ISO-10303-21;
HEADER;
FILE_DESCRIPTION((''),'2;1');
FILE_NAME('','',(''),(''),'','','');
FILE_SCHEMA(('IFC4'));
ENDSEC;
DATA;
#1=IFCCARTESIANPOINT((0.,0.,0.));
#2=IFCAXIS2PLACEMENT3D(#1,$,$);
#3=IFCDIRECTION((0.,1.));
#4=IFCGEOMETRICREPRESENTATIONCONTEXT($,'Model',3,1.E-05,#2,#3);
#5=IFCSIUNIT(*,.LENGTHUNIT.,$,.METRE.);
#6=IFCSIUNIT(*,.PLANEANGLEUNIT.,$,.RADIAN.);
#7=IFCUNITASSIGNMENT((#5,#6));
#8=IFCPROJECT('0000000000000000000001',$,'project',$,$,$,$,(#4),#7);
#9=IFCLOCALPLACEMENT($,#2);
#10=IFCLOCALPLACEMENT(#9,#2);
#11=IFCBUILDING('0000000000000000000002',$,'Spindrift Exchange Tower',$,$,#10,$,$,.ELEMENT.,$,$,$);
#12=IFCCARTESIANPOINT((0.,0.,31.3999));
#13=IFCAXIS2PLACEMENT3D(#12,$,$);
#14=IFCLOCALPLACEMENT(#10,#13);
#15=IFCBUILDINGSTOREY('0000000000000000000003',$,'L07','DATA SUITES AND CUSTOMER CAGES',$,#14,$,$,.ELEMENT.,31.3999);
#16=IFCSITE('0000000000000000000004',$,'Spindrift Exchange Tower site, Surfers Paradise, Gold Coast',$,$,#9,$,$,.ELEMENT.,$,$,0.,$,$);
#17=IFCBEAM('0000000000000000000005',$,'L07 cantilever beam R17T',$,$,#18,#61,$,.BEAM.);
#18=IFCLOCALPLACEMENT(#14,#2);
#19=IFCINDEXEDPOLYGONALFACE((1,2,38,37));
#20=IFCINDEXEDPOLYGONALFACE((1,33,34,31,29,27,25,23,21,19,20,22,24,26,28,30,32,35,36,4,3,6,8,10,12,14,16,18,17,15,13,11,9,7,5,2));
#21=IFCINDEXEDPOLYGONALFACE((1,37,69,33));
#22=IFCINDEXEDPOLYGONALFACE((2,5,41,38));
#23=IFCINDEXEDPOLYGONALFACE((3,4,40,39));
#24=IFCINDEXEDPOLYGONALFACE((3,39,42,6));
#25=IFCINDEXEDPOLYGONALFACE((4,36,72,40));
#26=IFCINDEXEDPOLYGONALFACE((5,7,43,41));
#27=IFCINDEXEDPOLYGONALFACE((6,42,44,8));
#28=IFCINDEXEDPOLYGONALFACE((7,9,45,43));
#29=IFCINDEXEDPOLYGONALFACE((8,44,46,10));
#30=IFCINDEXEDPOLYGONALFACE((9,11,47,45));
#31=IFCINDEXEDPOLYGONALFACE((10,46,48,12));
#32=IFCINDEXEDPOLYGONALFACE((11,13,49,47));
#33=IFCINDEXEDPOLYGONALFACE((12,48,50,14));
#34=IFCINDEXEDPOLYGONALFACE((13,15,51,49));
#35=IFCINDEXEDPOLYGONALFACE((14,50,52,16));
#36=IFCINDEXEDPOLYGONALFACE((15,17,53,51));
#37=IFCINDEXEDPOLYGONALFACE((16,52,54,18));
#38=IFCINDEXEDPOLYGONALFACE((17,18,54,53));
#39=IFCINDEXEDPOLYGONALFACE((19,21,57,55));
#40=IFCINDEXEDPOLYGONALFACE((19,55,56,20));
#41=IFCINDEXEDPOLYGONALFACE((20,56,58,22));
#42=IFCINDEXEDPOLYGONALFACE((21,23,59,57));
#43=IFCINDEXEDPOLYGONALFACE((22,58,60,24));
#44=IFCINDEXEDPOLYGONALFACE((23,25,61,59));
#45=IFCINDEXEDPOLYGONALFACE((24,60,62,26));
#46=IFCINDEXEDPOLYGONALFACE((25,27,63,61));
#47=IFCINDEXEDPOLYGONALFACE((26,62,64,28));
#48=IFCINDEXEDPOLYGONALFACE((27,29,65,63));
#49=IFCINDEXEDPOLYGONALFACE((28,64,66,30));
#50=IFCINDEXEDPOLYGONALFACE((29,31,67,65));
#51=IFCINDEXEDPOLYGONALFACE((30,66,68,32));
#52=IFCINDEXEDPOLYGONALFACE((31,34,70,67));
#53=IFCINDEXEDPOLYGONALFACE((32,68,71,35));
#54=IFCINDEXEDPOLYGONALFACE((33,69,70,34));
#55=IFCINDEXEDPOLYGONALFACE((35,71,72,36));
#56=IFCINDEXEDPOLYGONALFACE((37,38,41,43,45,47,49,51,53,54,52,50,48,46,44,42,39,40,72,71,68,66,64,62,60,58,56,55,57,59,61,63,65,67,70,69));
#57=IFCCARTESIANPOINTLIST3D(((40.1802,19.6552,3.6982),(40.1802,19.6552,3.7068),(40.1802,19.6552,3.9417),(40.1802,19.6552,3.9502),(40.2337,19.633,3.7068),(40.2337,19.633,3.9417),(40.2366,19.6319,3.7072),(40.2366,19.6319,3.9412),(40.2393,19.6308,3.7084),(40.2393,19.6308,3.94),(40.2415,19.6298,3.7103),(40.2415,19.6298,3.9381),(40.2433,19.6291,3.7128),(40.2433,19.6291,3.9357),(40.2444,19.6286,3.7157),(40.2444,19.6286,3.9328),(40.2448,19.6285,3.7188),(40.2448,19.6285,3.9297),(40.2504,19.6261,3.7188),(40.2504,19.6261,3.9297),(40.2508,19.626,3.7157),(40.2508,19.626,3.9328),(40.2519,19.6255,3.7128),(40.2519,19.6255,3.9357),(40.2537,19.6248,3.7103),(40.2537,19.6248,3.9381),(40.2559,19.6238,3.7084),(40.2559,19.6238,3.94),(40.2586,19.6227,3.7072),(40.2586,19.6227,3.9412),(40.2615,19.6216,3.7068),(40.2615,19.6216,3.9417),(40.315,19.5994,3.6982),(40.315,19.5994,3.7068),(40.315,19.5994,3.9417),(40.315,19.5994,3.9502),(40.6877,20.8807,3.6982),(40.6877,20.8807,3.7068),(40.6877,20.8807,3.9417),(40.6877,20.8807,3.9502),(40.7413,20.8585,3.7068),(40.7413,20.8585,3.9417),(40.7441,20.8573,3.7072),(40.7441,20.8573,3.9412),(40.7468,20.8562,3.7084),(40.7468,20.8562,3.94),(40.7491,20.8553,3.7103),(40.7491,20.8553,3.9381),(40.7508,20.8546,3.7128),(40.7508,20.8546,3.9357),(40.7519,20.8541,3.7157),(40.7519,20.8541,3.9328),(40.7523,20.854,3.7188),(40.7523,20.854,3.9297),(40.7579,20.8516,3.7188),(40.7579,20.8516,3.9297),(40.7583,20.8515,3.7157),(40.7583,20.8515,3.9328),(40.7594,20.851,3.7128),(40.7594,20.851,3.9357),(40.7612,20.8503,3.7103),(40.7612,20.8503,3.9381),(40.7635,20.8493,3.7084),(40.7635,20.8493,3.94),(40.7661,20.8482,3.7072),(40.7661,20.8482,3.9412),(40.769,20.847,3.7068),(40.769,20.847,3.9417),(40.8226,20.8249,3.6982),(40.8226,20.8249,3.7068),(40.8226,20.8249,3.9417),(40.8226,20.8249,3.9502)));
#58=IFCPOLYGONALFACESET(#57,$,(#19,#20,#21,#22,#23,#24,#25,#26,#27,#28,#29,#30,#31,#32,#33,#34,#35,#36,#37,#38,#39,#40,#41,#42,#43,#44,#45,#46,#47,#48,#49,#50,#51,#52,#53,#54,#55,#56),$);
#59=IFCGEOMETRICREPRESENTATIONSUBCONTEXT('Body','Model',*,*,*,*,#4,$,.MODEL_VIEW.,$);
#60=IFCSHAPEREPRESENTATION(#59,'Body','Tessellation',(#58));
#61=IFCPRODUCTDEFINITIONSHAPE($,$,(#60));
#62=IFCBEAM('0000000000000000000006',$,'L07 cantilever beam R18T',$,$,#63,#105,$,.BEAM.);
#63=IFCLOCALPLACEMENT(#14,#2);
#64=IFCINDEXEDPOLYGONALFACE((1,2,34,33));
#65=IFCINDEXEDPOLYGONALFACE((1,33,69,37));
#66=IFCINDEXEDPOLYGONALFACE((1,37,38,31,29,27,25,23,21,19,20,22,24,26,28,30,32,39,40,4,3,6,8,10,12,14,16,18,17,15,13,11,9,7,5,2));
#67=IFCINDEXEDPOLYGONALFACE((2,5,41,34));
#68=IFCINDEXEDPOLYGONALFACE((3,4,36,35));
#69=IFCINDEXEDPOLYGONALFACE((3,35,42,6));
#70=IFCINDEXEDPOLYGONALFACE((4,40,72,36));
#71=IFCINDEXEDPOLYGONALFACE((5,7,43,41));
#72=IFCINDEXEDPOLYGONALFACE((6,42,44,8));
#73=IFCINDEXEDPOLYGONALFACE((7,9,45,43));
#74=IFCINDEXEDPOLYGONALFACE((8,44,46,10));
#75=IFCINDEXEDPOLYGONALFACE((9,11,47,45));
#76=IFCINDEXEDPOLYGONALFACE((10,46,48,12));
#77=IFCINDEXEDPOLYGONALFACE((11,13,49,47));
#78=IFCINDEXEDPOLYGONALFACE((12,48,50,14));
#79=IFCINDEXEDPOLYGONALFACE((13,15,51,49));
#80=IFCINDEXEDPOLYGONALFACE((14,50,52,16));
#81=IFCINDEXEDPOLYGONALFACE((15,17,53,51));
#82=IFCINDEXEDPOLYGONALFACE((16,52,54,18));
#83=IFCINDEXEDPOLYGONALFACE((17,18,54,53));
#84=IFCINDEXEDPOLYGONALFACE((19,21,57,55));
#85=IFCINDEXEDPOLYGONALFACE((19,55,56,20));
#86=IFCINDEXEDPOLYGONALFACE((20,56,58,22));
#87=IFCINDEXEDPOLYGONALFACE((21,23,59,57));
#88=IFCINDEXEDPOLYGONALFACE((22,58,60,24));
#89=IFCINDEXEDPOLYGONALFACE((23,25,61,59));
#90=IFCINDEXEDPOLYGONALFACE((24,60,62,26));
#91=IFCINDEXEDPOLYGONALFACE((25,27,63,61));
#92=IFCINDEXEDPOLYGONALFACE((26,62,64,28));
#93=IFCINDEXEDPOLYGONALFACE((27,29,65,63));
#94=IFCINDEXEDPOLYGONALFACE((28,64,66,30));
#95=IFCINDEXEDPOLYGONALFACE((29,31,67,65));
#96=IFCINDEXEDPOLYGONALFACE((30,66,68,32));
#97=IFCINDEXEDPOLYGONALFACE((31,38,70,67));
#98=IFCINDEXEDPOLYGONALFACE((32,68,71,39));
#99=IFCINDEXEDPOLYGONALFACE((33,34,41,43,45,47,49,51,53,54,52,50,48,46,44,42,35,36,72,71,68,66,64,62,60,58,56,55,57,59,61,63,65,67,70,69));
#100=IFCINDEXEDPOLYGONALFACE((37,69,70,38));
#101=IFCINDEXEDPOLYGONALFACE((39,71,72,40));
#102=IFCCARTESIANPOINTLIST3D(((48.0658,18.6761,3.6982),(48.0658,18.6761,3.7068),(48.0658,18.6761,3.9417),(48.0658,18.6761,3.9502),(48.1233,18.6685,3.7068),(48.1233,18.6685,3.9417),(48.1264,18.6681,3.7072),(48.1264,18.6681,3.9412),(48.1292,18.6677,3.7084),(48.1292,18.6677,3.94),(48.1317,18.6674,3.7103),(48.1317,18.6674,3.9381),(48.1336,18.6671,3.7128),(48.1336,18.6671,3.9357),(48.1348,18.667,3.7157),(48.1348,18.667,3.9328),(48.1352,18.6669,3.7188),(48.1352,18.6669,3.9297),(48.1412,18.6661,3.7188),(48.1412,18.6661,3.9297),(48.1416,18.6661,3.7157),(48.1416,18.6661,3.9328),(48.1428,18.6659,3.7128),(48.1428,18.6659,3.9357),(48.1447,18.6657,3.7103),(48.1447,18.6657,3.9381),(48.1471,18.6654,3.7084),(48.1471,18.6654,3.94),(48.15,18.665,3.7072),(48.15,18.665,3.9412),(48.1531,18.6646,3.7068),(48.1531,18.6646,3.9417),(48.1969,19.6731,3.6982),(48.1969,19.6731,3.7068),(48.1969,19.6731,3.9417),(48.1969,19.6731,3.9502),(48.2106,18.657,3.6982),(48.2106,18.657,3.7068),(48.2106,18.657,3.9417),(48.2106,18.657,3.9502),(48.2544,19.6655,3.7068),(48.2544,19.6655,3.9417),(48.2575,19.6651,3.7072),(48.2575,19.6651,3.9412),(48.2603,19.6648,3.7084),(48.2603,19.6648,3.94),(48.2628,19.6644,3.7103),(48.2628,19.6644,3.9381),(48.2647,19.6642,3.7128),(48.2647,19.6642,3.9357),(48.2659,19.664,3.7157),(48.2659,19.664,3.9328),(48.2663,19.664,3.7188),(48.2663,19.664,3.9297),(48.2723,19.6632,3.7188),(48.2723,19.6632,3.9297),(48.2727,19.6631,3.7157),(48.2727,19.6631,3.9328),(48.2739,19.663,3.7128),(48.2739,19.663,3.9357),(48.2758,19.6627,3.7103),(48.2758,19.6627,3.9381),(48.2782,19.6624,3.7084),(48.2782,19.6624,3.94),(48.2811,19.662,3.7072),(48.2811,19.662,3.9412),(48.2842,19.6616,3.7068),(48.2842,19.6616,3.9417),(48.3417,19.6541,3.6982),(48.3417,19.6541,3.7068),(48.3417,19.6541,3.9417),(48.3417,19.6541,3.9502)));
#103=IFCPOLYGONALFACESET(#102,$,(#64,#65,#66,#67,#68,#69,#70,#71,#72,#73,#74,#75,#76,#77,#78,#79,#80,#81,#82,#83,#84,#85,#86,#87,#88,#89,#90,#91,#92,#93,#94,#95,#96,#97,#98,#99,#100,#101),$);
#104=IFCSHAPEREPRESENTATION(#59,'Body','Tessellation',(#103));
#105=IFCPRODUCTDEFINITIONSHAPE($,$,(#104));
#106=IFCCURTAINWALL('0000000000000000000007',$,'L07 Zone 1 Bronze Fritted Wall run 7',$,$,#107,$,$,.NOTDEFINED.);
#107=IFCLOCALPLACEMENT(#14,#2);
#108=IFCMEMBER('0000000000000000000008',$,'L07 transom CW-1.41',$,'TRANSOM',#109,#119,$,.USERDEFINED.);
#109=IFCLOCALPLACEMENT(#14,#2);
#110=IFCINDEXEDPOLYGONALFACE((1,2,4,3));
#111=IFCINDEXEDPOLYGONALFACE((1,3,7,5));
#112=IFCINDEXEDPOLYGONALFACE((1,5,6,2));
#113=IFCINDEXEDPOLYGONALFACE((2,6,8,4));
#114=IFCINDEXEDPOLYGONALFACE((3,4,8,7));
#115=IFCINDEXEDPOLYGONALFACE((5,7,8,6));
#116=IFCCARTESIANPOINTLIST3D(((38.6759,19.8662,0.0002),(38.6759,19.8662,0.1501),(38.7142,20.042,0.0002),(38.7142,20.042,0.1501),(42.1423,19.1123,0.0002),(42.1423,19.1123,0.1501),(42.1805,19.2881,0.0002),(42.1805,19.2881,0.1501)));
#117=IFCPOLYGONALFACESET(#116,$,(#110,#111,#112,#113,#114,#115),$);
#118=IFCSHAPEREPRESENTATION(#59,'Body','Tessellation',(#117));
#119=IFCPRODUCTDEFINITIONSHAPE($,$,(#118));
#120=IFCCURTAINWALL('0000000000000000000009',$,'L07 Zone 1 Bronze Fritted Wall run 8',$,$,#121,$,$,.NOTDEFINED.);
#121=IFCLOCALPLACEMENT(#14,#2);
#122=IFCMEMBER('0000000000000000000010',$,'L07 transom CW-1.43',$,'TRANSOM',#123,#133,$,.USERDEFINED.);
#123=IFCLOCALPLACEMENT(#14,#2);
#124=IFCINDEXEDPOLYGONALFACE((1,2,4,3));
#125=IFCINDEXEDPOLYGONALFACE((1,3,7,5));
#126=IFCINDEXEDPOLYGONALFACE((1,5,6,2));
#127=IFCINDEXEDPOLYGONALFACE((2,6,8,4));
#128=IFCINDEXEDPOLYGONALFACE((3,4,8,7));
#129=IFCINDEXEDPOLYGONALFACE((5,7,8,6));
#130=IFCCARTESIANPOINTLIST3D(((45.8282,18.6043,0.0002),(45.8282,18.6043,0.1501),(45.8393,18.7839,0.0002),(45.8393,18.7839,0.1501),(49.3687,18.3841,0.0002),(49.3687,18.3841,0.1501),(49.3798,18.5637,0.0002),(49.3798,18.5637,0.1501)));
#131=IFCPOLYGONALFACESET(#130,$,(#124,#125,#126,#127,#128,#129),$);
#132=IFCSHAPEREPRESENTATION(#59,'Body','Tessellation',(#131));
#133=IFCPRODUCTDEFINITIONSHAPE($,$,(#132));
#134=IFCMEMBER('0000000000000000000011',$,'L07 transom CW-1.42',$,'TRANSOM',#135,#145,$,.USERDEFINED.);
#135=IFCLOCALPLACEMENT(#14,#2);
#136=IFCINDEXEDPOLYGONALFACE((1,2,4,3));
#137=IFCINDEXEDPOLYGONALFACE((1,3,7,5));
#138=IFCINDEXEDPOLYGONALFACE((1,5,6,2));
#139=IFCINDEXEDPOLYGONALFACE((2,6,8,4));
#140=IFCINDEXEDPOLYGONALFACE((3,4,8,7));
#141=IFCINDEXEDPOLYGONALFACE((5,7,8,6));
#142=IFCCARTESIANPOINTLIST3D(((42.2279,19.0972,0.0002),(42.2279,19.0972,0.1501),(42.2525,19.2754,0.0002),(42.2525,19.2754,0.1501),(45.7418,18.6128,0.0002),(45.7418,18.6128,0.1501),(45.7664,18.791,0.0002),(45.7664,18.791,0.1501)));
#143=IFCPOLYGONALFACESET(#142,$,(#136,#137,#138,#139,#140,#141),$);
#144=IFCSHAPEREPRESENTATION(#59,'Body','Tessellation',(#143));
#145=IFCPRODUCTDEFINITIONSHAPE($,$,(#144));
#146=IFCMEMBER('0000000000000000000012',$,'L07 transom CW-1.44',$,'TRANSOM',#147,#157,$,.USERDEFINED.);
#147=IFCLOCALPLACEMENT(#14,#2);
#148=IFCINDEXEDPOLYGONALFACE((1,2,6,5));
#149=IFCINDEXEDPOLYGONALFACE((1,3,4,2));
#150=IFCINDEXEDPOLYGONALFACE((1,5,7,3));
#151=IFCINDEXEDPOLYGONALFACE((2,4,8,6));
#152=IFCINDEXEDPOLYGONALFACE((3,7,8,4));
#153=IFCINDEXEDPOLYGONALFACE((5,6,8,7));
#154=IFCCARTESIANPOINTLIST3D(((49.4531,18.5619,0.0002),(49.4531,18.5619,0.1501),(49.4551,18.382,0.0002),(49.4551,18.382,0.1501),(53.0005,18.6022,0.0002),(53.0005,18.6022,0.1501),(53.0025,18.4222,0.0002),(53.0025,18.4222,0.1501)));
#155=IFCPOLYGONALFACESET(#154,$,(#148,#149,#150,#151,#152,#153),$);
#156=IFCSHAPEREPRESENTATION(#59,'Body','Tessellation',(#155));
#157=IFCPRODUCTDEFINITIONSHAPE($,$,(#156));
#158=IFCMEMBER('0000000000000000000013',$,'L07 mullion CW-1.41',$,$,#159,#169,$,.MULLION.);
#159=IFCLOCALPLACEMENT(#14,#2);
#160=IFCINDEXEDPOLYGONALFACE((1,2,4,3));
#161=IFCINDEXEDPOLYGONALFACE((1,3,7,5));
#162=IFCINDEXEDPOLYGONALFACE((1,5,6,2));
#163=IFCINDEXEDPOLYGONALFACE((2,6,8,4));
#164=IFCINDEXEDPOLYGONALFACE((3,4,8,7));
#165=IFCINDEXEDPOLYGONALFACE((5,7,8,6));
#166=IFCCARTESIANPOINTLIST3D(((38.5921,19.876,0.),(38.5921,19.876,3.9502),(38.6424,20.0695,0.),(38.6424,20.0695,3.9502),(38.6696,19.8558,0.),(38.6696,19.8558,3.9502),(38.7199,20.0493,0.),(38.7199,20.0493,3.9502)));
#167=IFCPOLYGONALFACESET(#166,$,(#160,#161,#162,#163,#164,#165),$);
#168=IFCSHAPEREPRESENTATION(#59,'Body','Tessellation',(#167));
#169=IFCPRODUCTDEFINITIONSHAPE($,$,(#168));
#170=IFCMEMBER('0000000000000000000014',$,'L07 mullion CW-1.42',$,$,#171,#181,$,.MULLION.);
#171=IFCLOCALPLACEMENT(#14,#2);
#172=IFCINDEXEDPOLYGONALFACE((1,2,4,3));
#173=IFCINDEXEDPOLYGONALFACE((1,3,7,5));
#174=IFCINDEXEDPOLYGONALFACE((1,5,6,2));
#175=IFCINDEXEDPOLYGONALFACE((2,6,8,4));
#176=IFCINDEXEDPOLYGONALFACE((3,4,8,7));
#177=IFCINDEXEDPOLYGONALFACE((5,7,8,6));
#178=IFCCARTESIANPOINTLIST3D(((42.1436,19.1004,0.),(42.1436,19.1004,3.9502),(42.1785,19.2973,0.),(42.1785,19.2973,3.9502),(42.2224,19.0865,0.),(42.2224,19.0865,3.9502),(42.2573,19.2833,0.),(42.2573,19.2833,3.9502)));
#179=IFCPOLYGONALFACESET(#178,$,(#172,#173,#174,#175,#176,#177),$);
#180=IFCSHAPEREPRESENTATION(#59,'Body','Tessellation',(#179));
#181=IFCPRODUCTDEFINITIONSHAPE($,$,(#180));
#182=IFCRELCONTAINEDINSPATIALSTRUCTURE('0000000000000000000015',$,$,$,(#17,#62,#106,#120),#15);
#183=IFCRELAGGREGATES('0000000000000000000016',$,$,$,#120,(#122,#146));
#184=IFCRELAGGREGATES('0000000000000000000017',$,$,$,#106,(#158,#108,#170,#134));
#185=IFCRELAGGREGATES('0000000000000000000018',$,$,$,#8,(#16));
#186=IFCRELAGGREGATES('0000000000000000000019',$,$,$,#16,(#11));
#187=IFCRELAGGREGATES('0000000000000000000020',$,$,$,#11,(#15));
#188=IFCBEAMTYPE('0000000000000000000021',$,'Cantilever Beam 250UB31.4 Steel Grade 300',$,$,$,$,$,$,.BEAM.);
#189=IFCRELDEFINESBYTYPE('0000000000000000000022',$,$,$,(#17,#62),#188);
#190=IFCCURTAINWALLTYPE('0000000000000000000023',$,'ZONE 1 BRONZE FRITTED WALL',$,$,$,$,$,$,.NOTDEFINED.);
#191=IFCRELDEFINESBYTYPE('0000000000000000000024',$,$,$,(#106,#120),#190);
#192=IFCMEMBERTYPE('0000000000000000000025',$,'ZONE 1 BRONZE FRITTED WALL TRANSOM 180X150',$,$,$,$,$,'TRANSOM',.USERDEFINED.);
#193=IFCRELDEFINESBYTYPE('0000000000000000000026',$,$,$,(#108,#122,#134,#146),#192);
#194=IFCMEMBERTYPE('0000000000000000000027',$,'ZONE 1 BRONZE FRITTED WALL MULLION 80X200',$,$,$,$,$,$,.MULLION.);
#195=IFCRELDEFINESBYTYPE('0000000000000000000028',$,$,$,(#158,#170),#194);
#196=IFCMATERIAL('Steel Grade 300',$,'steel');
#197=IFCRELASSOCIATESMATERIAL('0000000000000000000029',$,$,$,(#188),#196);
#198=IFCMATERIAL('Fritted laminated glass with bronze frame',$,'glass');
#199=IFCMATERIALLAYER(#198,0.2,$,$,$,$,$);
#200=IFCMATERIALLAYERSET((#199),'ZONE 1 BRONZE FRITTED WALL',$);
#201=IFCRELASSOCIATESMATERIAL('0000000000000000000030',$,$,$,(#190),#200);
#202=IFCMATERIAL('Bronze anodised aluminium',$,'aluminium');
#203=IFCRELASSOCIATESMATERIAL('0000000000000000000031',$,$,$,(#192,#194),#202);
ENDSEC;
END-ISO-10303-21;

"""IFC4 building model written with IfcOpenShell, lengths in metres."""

from ifc_helpers import new_model, si_unit, direction, frame, origin, origin_2d, place, context, subcontext, project, spatial, rectangle, i_section, extrude, source, transform, mapped, material, layer, layer_set, material_profile, profile_set, type_object, element, aggregate, save


model = new_model("IFC4")

# Units and contexts
model_context = context("Model", 3, precision=1e-05, world=origin(), true_north=direction((0.0, 1.0)))
body_context = subcontext(model_context, "Body", "Model", "MODEL_VIEW")
ifc_project = project(units=[si_unit("LENGTHUNIT", "METRE"), si_unit("PLANEANGLEUNIT", "RADIAN")], contexts=[model_context])

# Site, building, storey
site_placement = place(None, origin())
site = spatial("IfcSite", under=ifc_project, at=site_placement, Name="Spindrift Exchange Tower site, Surfers Paradise, Gold Coast", CompositionType="ELEMENT", RefElevation=0.0)
building_placement = place(site_placement, origin())
building = spatial("IfcBuilding", under=site, at=building_placement, Name="Spindrift Exchange Tower", CompositionType="ELEMENT")
storey_placement = place(building_placement, frame((0.0, 0.0, 31.3999)))
storey = spatial("IfcBuildingStorey", under=building, at=storey_placement, Name="L07", Description="DATA SUITES AND CUSTOMER CAGES", CompositionType="ELEMENT", Elevation=31.3999)

# Beams
ifc_material_1 = material(Name="Steel Grade 300", Category="steel")
ifc_material_profile_1 = material_profile(ifc_material_1, i_section(OverallWidth=0.146, OverallDepth=0.252, WebThickness=0.0061, FlangeThickness=0.0085, FilletRadius=0.012, at=origin_2d()), Name="250UB31.4")
ifc_profile_set_1 = profile_set([ifc_material_profile_1], Name="Steel Grade 300")
beam_type_1 = type_object("IfcBeamType", Name="Cantilever Beam 250UB31.4 Steel Grade 300", PredefinedType="BEAM", material=ifc_profile_set_1)
shared_shape_1 = source(origin(), body_context, "Body", "SweptSolid", [
    extrude(i_section(OverallWidth=0.146, OverallDepth=0.252, WebThickness=0.0061, FlangeThickness=0.0085, FilletRadius=0.012, at=origin_2d()), origin(), (0.0, 0.0, 1.0), 1.3264),
])
beam_1_placement = place(storey_placement, frame((40.7551, 20.8528, 3.8242), z_axis=(-0.382628, -0.923902, 0.0), x_axis=(0.923902, -0.382628, 0.0)))
element("IfcBeam", 1, at=beam_1_placement, inside=storey, type_object=beam_type_1, Name="L07 cantilever beam R17T", PredefinedType="BEAM", context=body_context, shape_type="MappedRepresentation", body=[
    mapped(shared_shape_1, transform((0.0, 0.0, 0.0), scale=1.0)),
])
shared_shape_2 = source(origin(), body_context, "Body", "SweptSolid", [
    extrude(i_section(OverallWidth=0.146, OverallDepth=0.252, WebThickness=0.0061, FlangeThickness=0.0085, FilletRadius=0.012, at=origin_2d()), origin(), (0.0, 0.0, 1.0), 1.0056),
])
beam_2_placement = place(storey_placement, frame((48.2693, 19.6636, 3.8242), z_axis=(-0.130367, -0.991466, 0.0), x_axis=(0.991466, -0.130367, 0.0)))
element("IfcBeam", 2, at=beam_2_placement, inside=storey, type_object=beam_type_1, Name="L07 cantilever beam R18T", PredefinedType="BEAM", context=body_context, shape_type="MappedRepresentation", body=[
    mapped(shared_shape_2, transform((0.0, 0.0, 0.0), scale=1.0)),
])

# Curtain walls, members
ifc_material_2 = material(Name="Fritted laminated glass with bronze frame", Category="glass")
ifc_layer_1 = layer(ifc_material_2, 0.2)
ifc_layer_set_1 = layer_set([ifc_layer_1], Name="ZONE 1 BRONZE FRITTED WALL")
curtain_wall_type = type_object("IfcCurtainWallType", Name="ZONE 1 BRONZE FRITTED WALL", PredefinedType="NOTDEFINED", material=ifc_layer_set_1)
curtain_wall_1_placement = place(storey_placement, origin())
curtain_wall_1 = element("IfcCurtainWall", 3, at=curtain_wall_1_placement, inside=storey, type_object=curtain_wall_type, Name="L07 Zone 1 Bronze Fritted Wall run 7", PredefinedType="NOTDEFINED")
ifc_material_3 = material(Name="Bronze anodised aluminium", Category="aluminium")
ifc_material_profile_2 = material_profile(ifc_material_3, rectangle(XDim=0.1799, YDim=0.1499, at=origin_2d()), Name="ZONE 1 BRONZE FRITTED WALL TRANSOM 180X150")
ifc_profile_set_2 = profile_set([ifc_material_profile_2], Name="Bronze anodised aluminium")
member_type_1 = type_object("IfcMemberType", Name="ZONE 1 BRONZE FRITTED WALL TRANSOM 180X150", ElementType="TRANSOM", PredefinedType="USERDEFINED", material=ifc_profile_set_2)
shared_shape_3 = source(origin(), body_context, "Body", "SweptSolid", [
    extrude(rectangle(XDim=0.1799, YDim=0.1499, at=origin_2d()), origin(), (0.0, 0.0, 1.0), 3.5474),
])
member_1_placement = place(storey_placement, frame((38.6951, 19.9541, 0.0752), z_axis=(0.977155, -0.212527, 0.0), x_axis=(0.212527, 0.977155, 0.0)))
member_1 = element("IfcMember", 4, at=member_1_placement, type_object=member_type_1, Name="L07 transom CW-1.41", ObjectType="TRANSOM", PredefinedType="USERDEFINED", context=body_context, shape_type="MappedRepresentation", body=[
    mapped(shared_shape_3, transform((0.0, 0.0, 0.0), scale=1.0)),
])
curtain_wall_2_placement = place(storey_placement, origin())
curtain_wall_2 = element("IfcCurtainWall", 5, at=curtain_wall_2_placement, inside=storey, type_object=curtain_wall_type, Name="L07 Zone 1 Bronze Fritted Wall run 8", PredefinedType="NOTDEFINED")
member_2_placement = place(storey_placement, frame((45.8337, 18.6941, 0.0752), z_axis=(0.998071, -0.062078, 0.0), x_axis=(0.062078, 0.998071, 0.0)))
member_2 = element("IfcMember", 6, at=member_2_placement, type_object=member_type_1, Name="L07 transom CW-1.43", ObjectType="TRANSOM", PredefinedType="USERDEFINED", context=body_context, shape_type="MappedRepresentation", body=[
    mapped(shared_shape_3, transform((0.0, 0.0, 0.0), scale=1.0)),
])

# Members
shared_shape_4 = source(origin(), body_context, "Body", "SweptSolid", [
    extrude(rectangle(XDim=0.1799, YDim=0.1499, at=origin_2d()), origin(), (0.0, 0.0, 1.0), 3.5471),
])
member_3_placement = place(storey_placement, frame((42.2402, 19.1863, 0.0752), z_axis=(0.990633, -0.136554, 0.0), x_axis=(0.136554, 0.990633, 0.0)))
member_3 = element("IfcMember", 7, at=member_3_placement, type_object=member_type_1, Name="L07 transom CW-1.42", ObjectType="TRANSOM", PredefinedType="USERDEFINED", context=body_context, shape_type="MappedRepresentation", body=[
    mapped(shared_shape_4, transform((0.0, 0.0, 0.0), scale=1.0)),
])
shared_shape_5 = source(origin(), body_context, "Body", "SweptSolid", [
    extrude(rectangle(XDim=0.1799, YDim=0.1499, at=origin_2d()), origin(), (0.0, 0.0, 1.0), 3.5476),
])
member_4_placement = place(storey_placement, frame((49.4541, 18.4719, 0.0752), z_axis=(0.999936, 0.011355, 0.0), x_axis=(-0.011355, 0.999936, 0.0)))
member_4 = element("IfcMember", 8, at=member_4_placement, type_object=member_type_1, Name="L07 transom CW-1.44", ObjectType="TRANSOM", PredefinedType="USERDEFINED", context=body_context, shape_type="MappedRepresentation", body=[
    mapped(shared_shape_5, transform((0.0, 0.0, 0.0), scale=1.0)),
])
ifc_material_profile_3 = material_profile(ifc_material_3, rectangle(XDim=0.0801, YDim=0.2, at=origin_2d()), Name="ZONE 1 BRONZE FRITTED WALL MULLION 80X200")
ifc_profile_set_3 = profile_set([ifc_material_profile_3], Name="Bronze anodised aluminium")
member_type_2 = type_object("IfcMemberType", Name="ZONE 1 BRONZE FRITTED WALL MULLION 80X200", PredefinedType="MULLION", material=ifc_profile_set_3)
shared_shape_6 = source(origin(), body_context, "Body", "SweptSolid", [
    extrude(rectangle(XDim=0.0801, YDim=0.2, at=origin_2d()), origin(), (0.0, 0.0, 1.0), 3.9502),
])
member_5_placement = place(storey_placement, frame((38.656, 19.9626, 0.0), z_axis=(0.0, 0.0, 1.0), x_axis=(0.967819, -0.251646, 0.0)))
member_5 = element("IfcMember", 9, at=member_5_placement, type_object=member_type_2, Name="L07 mullion CW-1.41", PredefinedType="MULLION", context=body_context, shape_type="MappedRepresentation", body=[
    mapped(shared_shape_6, transform((0.0, 0.0, 0.0), scale=1.0)),
])
member_6_placement = place(storey_placement, frame((42.2004, 19.1919, 0.0), z_axis=(0.0, 0.0, 1.0), x_axis=(0.984627, -0.174669, 0.0)))
member_6 = element("IfcMember", 10, at=member_6_placement, type_object=member_type_2, Name="L07 mullion CW-1.42", PredefinedType="MULLION", context=body_context, shape_type="MappedRepresentation", body=[
    mapped(shared_shape_6, transform((0.0, 0.0, 0.0), scale=1.0)),
])

aggregate(curtain_wall_2, [member_2, member_4])
aggregate(curtain_wall_1, [member_5, member_1, member_6, member_3])

save(model, "model.ifc")
